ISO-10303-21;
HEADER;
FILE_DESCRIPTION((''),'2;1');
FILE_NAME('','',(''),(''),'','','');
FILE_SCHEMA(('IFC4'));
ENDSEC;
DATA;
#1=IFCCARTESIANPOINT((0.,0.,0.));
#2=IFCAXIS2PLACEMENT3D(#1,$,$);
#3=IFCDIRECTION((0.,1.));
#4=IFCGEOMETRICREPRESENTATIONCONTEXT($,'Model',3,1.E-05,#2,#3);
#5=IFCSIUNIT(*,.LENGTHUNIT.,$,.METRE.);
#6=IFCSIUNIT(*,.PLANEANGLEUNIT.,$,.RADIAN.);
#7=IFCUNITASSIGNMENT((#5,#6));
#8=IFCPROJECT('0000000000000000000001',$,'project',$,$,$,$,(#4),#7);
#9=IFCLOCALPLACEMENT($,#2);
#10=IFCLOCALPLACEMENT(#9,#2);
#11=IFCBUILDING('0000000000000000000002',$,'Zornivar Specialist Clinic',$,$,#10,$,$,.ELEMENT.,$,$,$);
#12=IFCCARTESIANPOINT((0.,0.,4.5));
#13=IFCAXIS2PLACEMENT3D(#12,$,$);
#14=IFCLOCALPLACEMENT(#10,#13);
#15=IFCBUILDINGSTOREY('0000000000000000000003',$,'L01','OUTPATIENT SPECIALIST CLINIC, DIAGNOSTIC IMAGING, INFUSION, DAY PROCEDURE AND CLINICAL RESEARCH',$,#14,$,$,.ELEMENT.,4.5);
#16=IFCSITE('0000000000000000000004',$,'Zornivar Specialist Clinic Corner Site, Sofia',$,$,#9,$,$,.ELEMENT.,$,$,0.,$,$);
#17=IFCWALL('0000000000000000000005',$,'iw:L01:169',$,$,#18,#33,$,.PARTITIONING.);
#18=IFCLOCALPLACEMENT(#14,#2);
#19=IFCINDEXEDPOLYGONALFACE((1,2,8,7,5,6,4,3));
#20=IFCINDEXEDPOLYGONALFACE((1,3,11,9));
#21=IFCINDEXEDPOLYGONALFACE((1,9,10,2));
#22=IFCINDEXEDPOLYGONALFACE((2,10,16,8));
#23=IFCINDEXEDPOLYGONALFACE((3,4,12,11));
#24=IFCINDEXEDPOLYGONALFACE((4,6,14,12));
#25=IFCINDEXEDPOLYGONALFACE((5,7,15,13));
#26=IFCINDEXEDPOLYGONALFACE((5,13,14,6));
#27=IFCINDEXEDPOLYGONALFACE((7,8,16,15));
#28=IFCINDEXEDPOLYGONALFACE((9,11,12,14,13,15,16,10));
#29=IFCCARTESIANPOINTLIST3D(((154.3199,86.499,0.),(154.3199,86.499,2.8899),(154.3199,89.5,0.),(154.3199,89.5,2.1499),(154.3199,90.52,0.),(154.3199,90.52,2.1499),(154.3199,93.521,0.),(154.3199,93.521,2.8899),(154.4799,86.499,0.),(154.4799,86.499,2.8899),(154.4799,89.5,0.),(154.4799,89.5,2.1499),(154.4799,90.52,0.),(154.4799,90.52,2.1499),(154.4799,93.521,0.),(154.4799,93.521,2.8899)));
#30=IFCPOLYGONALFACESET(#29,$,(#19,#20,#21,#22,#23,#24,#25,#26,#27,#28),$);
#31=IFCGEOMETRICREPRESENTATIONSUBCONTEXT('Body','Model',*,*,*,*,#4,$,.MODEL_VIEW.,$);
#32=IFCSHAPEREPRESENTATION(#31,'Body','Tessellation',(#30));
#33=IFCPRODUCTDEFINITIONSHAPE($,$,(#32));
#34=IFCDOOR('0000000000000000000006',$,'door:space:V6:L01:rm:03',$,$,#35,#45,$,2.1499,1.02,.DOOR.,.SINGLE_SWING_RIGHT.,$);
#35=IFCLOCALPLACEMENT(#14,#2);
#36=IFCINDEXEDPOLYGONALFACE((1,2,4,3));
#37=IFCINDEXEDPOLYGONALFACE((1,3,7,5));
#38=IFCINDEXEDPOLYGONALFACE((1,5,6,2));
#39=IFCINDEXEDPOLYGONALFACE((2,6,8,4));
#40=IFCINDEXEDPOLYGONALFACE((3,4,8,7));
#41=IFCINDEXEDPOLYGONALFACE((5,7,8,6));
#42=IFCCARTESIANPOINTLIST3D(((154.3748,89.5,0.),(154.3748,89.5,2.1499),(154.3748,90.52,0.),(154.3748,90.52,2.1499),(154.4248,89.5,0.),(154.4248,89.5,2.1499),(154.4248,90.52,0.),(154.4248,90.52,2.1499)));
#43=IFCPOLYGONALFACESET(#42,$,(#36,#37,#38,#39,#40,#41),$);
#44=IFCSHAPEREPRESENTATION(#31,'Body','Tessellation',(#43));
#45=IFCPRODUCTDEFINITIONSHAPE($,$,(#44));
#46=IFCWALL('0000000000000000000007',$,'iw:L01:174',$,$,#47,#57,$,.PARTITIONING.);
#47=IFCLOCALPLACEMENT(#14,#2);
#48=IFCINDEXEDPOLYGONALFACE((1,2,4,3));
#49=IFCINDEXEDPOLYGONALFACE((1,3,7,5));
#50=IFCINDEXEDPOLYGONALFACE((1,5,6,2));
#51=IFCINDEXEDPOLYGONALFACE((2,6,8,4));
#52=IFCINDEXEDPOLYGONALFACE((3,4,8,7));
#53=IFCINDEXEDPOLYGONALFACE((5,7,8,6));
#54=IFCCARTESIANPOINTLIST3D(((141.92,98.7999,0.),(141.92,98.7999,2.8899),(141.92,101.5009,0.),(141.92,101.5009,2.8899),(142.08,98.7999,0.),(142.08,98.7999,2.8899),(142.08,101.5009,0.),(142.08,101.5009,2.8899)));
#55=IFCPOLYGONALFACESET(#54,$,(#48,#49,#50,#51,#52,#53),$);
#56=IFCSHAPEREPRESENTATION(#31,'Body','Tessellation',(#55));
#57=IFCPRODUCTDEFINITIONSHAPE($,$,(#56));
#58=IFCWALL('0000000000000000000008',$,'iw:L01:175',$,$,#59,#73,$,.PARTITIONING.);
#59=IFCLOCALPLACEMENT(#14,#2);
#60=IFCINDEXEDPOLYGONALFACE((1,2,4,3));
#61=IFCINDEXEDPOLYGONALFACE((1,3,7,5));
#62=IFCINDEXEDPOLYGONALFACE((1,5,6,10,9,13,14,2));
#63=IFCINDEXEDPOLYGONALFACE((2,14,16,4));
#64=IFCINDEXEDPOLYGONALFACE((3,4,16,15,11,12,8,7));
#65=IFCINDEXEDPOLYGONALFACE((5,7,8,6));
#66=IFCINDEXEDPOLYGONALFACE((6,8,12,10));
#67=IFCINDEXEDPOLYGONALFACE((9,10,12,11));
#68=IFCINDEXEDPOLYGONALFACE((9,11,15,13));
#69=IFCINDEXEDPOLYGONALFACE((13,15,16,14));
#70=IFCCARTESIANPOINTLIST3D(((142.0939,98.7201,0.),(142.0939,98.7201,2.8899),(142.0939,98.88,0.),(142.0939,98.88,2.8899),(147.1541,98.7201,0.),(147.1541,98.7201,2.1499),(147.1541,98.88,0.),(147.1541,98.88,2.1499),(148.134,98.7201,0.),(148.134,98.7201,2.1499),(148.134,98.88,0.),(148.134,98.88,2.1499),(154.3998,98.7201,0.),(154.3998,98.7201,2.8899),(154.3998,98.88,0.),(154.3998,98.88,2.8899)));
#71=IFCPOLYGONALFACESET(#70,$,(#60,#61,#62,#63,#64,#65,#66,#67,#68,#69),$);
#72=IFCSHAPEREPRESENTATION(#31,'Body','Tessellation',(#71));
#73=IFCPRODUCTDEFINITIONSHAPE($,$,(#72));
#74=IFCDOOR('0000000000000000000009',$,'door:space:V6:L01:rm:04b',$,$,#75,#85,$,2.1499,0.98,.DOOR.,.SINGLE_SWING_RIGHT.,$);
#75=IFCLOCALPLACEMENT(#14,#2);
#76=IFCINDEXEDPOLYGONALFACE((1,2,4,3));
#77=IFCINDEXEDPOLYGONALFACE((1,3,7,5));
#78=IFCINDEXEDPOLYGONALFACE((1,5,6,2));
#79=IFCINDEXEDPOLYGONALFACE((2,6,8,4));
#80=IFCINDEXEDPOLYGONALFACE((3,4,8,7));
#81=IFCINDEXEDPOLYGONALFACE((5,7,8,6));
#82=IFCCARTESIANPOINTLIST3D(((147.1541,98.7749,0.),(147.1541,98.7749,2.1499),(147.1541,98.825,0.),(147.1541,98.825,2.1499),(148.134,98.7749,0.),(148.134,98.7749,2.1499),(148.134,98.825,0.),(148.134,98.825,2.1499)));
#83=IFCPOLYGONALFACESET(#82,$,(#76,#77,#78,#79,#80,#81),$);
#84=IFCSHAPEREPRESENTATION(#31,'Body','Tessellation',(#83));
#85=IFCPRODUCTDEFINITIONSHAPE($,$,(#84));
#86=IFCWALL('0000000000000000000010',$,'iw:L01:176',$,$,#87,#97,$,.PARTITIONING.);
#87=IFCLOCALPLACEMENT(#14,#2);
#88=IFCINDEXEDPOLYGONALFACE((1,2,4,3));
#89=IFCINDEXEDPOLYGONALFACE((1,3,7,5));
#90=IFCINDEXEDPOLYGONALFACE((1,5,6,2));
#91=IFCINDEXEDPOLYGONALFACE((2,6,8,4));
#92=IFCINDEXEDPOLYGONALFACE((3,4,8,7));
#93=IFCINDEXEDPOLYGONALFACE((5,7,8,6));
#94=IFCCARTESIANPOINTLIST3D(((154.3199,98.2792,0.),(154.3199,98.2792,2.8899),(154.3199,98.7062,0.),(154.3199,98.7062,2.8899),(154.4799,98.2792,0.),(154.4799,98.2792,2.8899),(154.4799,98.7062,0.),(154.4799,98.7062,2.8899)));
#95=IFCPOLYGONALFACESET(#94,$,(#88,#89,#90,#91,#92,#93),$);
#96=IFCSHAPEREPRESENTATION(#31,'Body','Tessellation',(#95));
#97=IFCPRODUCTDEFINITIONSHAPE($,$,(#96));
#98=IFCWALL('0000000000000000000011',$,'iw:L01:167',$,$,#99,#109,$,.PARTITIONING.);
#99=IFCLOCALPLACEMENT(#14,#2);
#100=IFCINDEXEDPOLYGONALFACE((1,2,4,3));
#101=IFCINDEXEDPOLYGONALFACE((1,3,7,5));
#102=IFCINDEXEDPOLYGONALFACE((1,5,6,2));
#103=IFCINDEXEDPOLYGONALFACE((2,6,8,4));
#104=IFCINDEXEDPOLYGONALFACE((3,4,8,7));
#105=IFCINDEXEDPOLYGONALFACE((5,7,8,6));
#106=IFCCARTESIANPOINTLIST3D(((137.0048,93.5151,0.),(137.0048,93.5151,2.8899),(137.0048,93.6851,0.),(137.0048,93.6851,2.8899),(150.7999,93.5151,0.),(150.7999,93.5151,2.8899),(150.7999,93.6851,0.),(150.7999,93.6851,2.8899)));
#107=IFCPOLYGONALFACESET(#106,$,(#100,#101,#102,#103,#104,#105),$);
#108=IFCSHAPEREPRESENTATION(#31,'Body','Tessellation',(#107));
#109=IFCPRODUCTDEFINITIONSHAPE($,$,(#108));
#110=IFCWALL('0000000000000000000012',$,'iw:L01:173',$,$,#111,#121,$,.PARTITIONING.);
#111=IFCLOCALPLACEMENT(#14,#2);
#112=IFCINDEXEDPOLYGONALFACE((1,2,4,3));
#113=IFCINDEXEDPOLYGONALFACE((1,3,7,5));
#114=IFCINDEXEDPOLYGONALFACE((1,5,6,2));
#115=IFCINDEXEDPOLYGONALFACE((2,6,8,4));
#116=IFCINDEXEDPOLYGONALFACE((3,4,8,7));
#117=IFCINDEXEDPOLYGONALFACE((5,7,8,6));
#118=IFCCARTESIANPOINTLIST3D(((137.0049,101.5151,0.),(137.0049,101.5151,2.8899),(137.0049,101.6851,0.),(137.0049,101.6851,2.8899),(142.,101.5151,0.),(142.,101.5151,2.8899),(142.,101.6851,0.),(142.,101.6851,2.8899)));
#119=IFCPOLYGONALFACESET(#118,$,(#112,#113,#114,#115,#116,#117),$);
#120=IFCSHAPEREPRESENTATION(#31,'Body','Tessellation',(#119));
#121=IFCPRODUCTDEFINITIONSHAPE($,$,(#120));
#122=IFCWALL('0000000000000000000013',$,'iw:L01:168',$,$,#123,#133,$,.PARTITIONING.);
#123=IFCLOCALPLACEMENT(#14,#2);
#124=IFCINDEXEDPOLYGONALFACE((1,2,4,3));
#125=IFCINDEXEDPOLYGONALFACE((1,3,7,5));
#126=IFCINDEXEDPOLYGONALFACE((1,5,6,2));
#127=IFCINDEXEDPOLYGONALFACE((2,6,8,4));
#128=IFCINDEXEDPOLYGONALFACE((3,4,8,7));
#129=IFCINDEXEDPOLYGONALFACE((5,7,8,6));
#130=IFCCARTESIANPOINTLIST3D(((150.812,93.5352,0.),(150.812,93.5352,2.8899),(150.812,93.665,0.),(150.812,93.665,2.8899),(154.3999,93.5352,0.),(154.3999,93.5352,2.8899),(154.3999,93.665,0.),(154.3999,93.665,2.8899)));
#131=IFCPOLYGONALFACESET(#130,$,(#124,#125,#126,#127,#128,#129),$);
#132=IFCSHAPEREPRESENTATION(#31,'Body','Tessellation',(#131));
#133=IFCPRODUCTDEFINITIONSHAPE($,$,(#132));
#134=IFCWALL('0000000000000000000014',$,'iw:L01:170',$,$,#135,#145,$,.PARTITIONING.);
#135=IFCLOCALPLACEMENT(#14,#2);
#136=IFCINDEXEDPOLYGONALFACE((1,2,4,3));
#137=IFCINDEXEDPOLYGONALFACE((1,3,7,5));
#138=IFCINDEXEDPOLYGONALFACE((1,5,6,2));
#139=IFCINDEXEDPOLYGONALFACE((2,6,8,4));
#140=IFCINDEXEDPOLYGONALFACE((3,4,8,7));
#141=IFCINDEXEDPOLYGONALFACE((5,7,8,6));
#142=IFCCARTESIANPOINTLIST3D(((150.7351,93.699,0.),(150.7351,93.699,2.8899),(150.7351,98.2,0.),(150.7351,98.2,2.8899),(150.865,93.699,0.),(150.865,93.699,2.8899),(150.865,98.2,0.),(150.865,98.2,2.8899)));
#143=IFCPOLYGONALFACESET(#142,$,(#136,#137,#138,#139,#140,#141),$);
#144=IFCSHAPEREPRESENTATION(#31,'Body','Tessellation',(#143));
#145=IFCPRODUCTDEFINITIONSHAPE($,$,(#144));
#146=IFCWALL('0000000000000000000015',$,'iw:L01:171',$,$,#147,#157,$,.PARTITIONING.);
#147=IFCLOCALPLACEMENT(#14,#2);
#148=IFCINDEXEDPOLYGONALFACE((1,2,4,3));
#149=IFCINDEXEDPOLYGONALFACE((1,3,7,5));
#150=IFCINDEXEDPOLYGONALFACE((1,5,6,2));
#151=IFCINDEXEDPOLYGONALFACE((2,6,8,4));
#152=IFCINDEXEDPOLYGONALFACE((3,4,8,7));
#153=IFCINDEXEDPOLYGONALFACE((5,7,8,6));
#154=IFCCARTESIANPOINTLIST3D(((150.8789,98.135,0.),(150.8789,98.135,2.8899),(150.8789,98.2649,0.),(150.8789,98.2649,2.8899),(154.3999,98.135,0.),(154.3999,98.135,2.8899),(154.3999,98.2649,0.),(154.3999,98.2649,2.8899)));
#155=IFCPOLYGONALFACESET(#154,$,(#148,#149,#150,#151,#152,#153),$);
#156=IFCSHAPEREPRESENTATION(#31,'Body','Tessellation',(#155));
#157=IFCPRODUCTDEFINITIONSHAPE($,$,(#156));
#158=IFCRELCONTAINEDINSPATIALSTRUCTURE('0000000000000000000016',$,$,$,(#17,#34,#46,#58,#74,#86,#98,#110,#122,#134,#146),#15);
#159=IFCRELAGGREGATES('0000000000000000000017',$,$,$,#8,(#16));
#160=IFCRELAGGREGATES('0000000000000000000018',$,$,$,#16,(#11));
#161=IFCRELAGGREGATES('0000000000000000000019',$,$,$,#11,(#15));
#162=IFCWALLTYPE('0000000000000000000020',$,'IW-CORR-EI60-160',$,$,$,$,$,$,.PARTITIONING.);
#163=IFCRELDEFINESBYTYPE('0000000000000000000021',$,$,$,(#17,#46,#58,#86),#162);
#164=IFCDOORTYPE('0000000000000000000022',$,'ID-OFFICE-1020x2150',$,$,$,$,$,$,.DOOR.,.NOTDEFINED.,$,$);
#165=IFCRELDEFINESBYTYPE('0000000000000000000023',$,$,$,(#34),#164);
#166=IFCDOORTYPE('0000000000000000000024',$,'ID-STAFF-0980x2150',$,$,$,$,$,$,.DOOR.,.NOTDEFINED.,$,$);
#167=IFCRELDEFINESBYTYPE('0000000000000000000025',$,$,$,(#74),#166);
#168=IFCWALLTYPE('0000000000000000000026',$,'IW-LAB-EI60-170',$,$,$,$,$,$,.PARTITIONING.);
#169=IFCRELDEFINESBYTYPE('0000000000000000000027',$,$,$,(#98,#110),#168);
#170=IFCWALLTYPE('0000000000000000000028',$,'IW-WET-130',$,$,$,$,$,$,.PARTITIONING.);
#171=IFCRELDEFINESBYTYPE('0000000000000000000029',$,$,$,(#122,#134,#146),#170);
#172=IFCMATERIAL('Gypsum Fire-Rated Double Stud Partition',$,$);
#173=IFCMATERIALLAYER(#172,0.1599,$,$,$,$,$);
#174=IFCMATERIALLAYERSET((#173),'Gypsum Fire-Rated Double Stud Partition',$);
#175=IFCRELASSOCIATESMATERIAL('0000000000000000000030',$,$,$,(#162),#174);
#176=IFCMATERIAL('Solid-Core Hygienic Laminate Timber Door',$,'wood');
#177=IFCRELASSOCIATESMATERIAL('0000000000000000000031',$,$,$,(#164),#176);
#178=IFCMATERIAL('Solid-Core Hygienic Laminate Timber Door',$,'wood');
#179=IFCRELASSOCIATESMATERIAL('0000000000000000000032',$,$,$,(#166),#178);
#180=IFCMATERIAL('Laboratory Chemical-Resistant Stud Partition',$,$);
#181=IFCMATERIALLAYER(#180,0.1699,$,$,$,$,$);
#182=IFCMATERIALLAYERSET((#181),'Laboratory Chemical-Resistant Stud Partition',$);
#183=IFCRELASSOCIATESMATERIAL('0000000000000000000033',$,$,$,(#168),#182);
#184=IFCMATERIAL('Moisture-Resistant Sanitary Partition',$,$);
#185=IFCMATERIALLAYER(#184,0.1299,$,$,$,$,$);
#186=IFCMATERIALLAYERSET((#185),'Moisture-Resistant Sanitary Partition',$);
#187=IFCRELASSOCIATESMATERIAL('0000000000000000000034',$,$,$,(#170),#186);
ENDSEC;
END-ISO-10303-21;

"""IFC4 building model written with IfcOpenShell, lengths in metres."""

from ifc_helpers import new_model, si_unit, direction, frame, frame_2d, origin, place, context, subcontext, project, spatial, rectangle, extrude, material, layer, layer_set, type_object, element, fill, save


model = new_model("IFC4")

# Units and contexts
model_context = context("Model", 3, precision=1e-05, world=origin(), true_north=direction((0.0, 1.0)))
body_context = subcontext(model_context, "Body", "Model", "MODEL_VIEW")
ifc_project = project(units=[si_unit("LENGTHUNIT", "METRE"), si_unit("PLANEANGLEUNIT", "RADIAN")], contexts=[model_context])

# Site, building, storey
site_placement = place(None, origin())
site = spatial("IfcSite", under=ifc_project, at=site_placement, Name="Zornivar Specialist Clinic Corner Site, Sofia", CompositionType="ELEMENT", RefElevation=0.0)
building_placement = place(site_placement, origin())
building = spatial("IfcBuilding", under=site, at=building_placement, Name="Zornivar Specialist Clinic", CompositionType="ELEMENT")
storey_placement = place(building_placement, frame((0.0, 0.0, 4.5)))
storey = spatial("IfcBuildingStorey", under=building, at=storey_placement, Name="L01", Description="OUTPATIENT SPECIALIST CLINIC, DIAGNOSTIC IMAGING, INFUSION, DAY PROCEDURE AND CLINICAL RESEARCH", CompositionType="ELEMENT", Elevation=4.5)

# Wall, opening, door
ifc_material_1 = material(Name="Gypsum Fire-Rated Double Stud Partition")
ifc_layer_1 = layer(ifc_material_1, 0.1599)
ifc_layer_set_1 = layer_set([ifc_layer_1], Name="Gypsum Fire-Rated Double Stud Partition")
wall_type_1 = type_object("IfcWallType", Name="IW-CORR-EI60-160", PredefinedType="PARTITIONING", material=ifc_layer_set_1)
wall_1_placement = place(storey_placement, frame((154.3999, 93.521, 0.0), z_axis=(0.0, 0.0, 1.0), x_axis=(0.0, -1.0, 0.0)))
wall_1 = element("IfcWall", 1, at=wall_1_placement, inside=storey, type_object=wall_type_1, Name="iw:L01:169", PredefinedType="PARTITIONING", context=body_context, shape_type="SweptSolid", body=[
    extrude(rectangle(XDim=7.022, YDim=0.1599, at=frame_2d((3.511, 0.0))), origin(), (0.0, 0.0, 1.0), 2.8899),
])
opening_1_placement = place(wall_1_placement, frame((3.001, 0.0, 0.0)))
opening_1 = element("IfcOpeningElement", 2, at=opening_1_placement, cuts=wall_1, PredefinedType="OPENING", context=body_context, shape_type="SweptSolid", body=[
    extrude(rectangle(XDim=1.02, YDim=2.1499, at=frame_2d((0.51, 1.075))), frame((0.0, 0.0898, 0.0), z_axis=(0.0, -1.0, 0.0), x_axis=(1.0, 0.0, 0.0)), (0.0, 0.0, 1.0), 0.1799),
])
ifc_material_2 = material(Name="Solid-Core Hygienic Laminate Timber Door", Category="wood")
door_type_1 = type_object("IfcDoorType", Name="ID-OFFICE-1020x2150", OperationType="NOTDEFINED", PredefinedType="DOOR", material=ifc_material_2)
door_1_placement = place(opening_1_placement, origin())
door_1 = element("IfcDoor", 3, at=door_1_placement, inside=storey, type_object=door_type_1, Name="door:space:V6:L01:rm:03", OperationType="SINGLE_SWING_RIGHT", OverallHeight=2.1499, OverallWidth=1.02, PredefinedType="DOOR", context=body_context, shape_type="SweptSolid", body=[
    extrude(rectangle(XDim=1.02, YDim=2.1499, at=frame_2d((0.51, 1.075))), frame((0.0, 0.0249, 0.0), z_axis=(0.0, -1.0, 0.0), x_axis=(1.0, 0.0, 0.0)), (0.0, 0.0, 1.0), 0.05),
])
fill(opening_1, door_1)

# Wall
wall_2_placement = place(storey_placement, frame((142.0, 101.501, 0.0), z_axis=(0.0, 0.0, 1.0), x_axis=(0.0, -1.0, 0.0)))
element("IfcWall", 4, at=wall_2_placement, inside=storey, type_object=wall_type_1, Name="iw:L01:174", PredefinedType="PARTITIONING", context=body_context, shape_type="SweptSolid", body=[
    extrude(rectangle(XDim=2.7009, YDim=0.1599, at=frame_2d((1.3506, 0.0))), origin(), (0.0, 0.0, 1.0), 2.8899),
])

# Wall, opening, door
wall_3_placement = place(storey_placement, frame((142.094, 98.8, 0.0), z_axis=(0.0, 0.0, 1.0), x_axis=(1.0, 0.0, 0.0)))
wall_3 = element("IfcWall", 5, at=wall_3_placement, inside=storey, type_object=wall_type_1, Name="iw:L01:175", PredefinedType="PARTITIONING", context=body_context, shape_type="SweptSolid", body=[
    extrude(rectangle(XDim=12.3059, YDim=0.1599, at=frame_2d((6.1528, 0.0))), origin(), (0.0, 0.0, 1.0), 2.8899),
])
opening_2_placement = place(wall_3_placement, frame((5.0601, 0.0, 0.0)))
opening_2 = element("IfcOpeningElement", 6, at=opening_2_placement, cuts=wall_3, PredefinedType="OPENING", context=body_context, shape_type="SweptSolid", body=[
    extrude(rectangle(XDim=0.98, YDim=2.1499, at=frame_2d((0.49, 1.075))), frame((0.0, 0.0898, 0.0), z_axis=(0.0, -1.0, 0.0), x_axis=(1.0, 0.0, 0.0)), (0.0, 0.0, 1.0), 0.1799),
])
ifc_material_3 = material(Name="Solid-Core Hygienic Laminate Timber Door", Category="wood")
door_type_2 = type_object("IfcDoorType", Name="ID-STAFF-0980x2150", OperationType="NOTDEFINED", PredefinedType="DOOR", material=ifc_material_3)
door_2_placement = place(opening_2_placement, origin())
door_2 = element("IfcDoor", 7, at=door_2_placement, inside=storey, type_object=door_type_2, Name="door:space:V6:L01:rm:04b", OperationType="SINGLE_SWING_RIGHT", OverallHeight=2.1499, OverallWidth=0.98, PredefinedType="DOOR", context=body_context, shape_type="SweptSolid", body=[
    extrude(rectangle(XDim=0.98, YDim=2.1499, at=frame_2d((0.49, 1.075))), frame((0.0, 0.0249, 0.0), z_axis=(0.0, -1.0, 0.0), x_axis=(1.0, 0.0, 0.0)), (0.0, 0.0, 1.0), 0.05),
])
fill(opening_2, door_2)

# Walls
wall_4_placement = place(storey_placement, frame((154.3999, 98.7061, 0.0), z_axis=(0.0, 0.0, 1.0), x_axis=(0.0, -1.0, 0.0)))
element("IfcWall", 8, at=wall_4_placement, inside=storey, type_object=wall_type_1, Name="iw:L01:176", PredefinedType="PARTITIONING", context=body_context, shape_type="SweptSolid", body=[
    extrude(rectangle(XDim=0.427, YDim=0.1599, at=frame_2d((0.2134, 0.0))), origin(), (0.0, 0.0, 1.0), 2.8899),
])
ifc_material_4 = material(Name="Laboratory Chemical-Resistant Stud Partition")
ifc_layer_2 = layer(ifc_material_4, 0.1699)
ifc_layer_set_2 = layer_set([ifc_layer_2], Name="Laboratory Chemical-Resistant Stud Partition")
wall_type_2 = type_object("IfcWallType", Name="IW-LAB-EI60-170", PredefinedType="PARTITIONING", material=ifc_layer_set_2)
wall_5_placement = place(storey_placement, frame((137.0049, 93.6001, 0.0), z_axis=(0.0, 0.0, 1.0), x_axis=(1.0, 0.0, 0.0)))
element("IfcWall", 9, at=wall_5_placement, inside=storey, type_object=wall_type_2, Name="iw:L01:167", PredefinedType="PARTITIONING", context=body_context, shape_type="SweptSolid", body=[
    extrude(rectangle(XDim=13.7952, YDim=0.1699, at=frame_2d((6.8975, 0.0))), origin(), (0.0, 0.0, 1.0), 2.8899),
])
wall_6_placement = place(storey_placement, frame((137.0049, 101.6001, 0.0), z_axis=(0.0, 0.0, 1.0), x_axis=(1.0, 0.0, 0.0)))
element("IfcWall", 10, at=wall_6_placement, inside=storey, type_object=wall_type_2, Name="iw:L01:173", PredefinedType="PARTITIONING", context=body_context, shape_type="SweptSolid", body=[
    extrude(rectangle(XDim=4.9951, YDim=0.1699, at=frame_2d((2.4976, 0.0))), origin(), (0.0, 0.0, 1.0), 2.8899),
])
ifc_material_5 = material(Name="Moisture-Resistant Sanitary Partition")
ifc_layer_3 = layer(ifc_material_5, 0.1299)
ifc_layer_set_3 = layer_set([ifc_layer_3], Name="Moisture-Resistant Sanitary Partition")
wall_type_3 = type_object("IfcWallType", Name="IW-WET-130", PredefinedType="PARTITIONING", material=ifc_layer_set_3)
wall_7_placement = place(storey_placement, frame((150.812, 93.6001, 0.0), z_axis=(0.0, 0.0, 1.0), x_axis=(1.0, 0.0, 0.0)))
element("IfcWall", 11, at=wall_7_placement, inside=storey, type_object=wall_type_3, Name="iw:L01:168", PredefinedType="PARTITIONING", context=body_context, shape_type="SweptSolid", body=[
    extrude(rectangle(XDim=3.5879, YDim=0.1299, at=frame_2d((1.7939, 0.0))), origin(), (0.0, 0.0, 1.0), 2.8899),
])
wall_8_placement = place(storey_placement, frame((150.8, 93.699, 0.0), z_axis=(0.0, 0.0, 1.0), x_axis=(0.0, 1.0, 0.0)))
element("IfcWall", 12, at=wall_8_placement, inside=storey, type_object=wall_type_3, Name="iw:L01:170", PredefinedType="PARTITIONING", context=body_context, shape_type="SweptSolid", body=[
    extrude(rectangle(XDim=4.501, YDim=0.1299, at=frame_2d((2.2505, 0.0))), origin(), (0.0, 0.0, 1.0), 2.8899),
])
wall_9_placement = place(storey_placement, frame((150.8789, 98.2, 0.0), z_axis=(0.0, 0.0, 1.0), x_axis=(1.0, 0.0, 0.0)))
element("IfcWall", 13, at=wall_9_placement, inside=storey, type_object=wall_type_3, Name="iw:L01:171", PredefinedType="PARTITIONING", context=body_context, shape_type="SweptSolid", body=[
    extrude(rectangle(XDim=3.521, YDim=0.1299, at=frame_2d((1.7605, 0.0))), origin(), (0.0, 0.0, 1.0), 2.8899),
])

save(model, "model.ifc")
